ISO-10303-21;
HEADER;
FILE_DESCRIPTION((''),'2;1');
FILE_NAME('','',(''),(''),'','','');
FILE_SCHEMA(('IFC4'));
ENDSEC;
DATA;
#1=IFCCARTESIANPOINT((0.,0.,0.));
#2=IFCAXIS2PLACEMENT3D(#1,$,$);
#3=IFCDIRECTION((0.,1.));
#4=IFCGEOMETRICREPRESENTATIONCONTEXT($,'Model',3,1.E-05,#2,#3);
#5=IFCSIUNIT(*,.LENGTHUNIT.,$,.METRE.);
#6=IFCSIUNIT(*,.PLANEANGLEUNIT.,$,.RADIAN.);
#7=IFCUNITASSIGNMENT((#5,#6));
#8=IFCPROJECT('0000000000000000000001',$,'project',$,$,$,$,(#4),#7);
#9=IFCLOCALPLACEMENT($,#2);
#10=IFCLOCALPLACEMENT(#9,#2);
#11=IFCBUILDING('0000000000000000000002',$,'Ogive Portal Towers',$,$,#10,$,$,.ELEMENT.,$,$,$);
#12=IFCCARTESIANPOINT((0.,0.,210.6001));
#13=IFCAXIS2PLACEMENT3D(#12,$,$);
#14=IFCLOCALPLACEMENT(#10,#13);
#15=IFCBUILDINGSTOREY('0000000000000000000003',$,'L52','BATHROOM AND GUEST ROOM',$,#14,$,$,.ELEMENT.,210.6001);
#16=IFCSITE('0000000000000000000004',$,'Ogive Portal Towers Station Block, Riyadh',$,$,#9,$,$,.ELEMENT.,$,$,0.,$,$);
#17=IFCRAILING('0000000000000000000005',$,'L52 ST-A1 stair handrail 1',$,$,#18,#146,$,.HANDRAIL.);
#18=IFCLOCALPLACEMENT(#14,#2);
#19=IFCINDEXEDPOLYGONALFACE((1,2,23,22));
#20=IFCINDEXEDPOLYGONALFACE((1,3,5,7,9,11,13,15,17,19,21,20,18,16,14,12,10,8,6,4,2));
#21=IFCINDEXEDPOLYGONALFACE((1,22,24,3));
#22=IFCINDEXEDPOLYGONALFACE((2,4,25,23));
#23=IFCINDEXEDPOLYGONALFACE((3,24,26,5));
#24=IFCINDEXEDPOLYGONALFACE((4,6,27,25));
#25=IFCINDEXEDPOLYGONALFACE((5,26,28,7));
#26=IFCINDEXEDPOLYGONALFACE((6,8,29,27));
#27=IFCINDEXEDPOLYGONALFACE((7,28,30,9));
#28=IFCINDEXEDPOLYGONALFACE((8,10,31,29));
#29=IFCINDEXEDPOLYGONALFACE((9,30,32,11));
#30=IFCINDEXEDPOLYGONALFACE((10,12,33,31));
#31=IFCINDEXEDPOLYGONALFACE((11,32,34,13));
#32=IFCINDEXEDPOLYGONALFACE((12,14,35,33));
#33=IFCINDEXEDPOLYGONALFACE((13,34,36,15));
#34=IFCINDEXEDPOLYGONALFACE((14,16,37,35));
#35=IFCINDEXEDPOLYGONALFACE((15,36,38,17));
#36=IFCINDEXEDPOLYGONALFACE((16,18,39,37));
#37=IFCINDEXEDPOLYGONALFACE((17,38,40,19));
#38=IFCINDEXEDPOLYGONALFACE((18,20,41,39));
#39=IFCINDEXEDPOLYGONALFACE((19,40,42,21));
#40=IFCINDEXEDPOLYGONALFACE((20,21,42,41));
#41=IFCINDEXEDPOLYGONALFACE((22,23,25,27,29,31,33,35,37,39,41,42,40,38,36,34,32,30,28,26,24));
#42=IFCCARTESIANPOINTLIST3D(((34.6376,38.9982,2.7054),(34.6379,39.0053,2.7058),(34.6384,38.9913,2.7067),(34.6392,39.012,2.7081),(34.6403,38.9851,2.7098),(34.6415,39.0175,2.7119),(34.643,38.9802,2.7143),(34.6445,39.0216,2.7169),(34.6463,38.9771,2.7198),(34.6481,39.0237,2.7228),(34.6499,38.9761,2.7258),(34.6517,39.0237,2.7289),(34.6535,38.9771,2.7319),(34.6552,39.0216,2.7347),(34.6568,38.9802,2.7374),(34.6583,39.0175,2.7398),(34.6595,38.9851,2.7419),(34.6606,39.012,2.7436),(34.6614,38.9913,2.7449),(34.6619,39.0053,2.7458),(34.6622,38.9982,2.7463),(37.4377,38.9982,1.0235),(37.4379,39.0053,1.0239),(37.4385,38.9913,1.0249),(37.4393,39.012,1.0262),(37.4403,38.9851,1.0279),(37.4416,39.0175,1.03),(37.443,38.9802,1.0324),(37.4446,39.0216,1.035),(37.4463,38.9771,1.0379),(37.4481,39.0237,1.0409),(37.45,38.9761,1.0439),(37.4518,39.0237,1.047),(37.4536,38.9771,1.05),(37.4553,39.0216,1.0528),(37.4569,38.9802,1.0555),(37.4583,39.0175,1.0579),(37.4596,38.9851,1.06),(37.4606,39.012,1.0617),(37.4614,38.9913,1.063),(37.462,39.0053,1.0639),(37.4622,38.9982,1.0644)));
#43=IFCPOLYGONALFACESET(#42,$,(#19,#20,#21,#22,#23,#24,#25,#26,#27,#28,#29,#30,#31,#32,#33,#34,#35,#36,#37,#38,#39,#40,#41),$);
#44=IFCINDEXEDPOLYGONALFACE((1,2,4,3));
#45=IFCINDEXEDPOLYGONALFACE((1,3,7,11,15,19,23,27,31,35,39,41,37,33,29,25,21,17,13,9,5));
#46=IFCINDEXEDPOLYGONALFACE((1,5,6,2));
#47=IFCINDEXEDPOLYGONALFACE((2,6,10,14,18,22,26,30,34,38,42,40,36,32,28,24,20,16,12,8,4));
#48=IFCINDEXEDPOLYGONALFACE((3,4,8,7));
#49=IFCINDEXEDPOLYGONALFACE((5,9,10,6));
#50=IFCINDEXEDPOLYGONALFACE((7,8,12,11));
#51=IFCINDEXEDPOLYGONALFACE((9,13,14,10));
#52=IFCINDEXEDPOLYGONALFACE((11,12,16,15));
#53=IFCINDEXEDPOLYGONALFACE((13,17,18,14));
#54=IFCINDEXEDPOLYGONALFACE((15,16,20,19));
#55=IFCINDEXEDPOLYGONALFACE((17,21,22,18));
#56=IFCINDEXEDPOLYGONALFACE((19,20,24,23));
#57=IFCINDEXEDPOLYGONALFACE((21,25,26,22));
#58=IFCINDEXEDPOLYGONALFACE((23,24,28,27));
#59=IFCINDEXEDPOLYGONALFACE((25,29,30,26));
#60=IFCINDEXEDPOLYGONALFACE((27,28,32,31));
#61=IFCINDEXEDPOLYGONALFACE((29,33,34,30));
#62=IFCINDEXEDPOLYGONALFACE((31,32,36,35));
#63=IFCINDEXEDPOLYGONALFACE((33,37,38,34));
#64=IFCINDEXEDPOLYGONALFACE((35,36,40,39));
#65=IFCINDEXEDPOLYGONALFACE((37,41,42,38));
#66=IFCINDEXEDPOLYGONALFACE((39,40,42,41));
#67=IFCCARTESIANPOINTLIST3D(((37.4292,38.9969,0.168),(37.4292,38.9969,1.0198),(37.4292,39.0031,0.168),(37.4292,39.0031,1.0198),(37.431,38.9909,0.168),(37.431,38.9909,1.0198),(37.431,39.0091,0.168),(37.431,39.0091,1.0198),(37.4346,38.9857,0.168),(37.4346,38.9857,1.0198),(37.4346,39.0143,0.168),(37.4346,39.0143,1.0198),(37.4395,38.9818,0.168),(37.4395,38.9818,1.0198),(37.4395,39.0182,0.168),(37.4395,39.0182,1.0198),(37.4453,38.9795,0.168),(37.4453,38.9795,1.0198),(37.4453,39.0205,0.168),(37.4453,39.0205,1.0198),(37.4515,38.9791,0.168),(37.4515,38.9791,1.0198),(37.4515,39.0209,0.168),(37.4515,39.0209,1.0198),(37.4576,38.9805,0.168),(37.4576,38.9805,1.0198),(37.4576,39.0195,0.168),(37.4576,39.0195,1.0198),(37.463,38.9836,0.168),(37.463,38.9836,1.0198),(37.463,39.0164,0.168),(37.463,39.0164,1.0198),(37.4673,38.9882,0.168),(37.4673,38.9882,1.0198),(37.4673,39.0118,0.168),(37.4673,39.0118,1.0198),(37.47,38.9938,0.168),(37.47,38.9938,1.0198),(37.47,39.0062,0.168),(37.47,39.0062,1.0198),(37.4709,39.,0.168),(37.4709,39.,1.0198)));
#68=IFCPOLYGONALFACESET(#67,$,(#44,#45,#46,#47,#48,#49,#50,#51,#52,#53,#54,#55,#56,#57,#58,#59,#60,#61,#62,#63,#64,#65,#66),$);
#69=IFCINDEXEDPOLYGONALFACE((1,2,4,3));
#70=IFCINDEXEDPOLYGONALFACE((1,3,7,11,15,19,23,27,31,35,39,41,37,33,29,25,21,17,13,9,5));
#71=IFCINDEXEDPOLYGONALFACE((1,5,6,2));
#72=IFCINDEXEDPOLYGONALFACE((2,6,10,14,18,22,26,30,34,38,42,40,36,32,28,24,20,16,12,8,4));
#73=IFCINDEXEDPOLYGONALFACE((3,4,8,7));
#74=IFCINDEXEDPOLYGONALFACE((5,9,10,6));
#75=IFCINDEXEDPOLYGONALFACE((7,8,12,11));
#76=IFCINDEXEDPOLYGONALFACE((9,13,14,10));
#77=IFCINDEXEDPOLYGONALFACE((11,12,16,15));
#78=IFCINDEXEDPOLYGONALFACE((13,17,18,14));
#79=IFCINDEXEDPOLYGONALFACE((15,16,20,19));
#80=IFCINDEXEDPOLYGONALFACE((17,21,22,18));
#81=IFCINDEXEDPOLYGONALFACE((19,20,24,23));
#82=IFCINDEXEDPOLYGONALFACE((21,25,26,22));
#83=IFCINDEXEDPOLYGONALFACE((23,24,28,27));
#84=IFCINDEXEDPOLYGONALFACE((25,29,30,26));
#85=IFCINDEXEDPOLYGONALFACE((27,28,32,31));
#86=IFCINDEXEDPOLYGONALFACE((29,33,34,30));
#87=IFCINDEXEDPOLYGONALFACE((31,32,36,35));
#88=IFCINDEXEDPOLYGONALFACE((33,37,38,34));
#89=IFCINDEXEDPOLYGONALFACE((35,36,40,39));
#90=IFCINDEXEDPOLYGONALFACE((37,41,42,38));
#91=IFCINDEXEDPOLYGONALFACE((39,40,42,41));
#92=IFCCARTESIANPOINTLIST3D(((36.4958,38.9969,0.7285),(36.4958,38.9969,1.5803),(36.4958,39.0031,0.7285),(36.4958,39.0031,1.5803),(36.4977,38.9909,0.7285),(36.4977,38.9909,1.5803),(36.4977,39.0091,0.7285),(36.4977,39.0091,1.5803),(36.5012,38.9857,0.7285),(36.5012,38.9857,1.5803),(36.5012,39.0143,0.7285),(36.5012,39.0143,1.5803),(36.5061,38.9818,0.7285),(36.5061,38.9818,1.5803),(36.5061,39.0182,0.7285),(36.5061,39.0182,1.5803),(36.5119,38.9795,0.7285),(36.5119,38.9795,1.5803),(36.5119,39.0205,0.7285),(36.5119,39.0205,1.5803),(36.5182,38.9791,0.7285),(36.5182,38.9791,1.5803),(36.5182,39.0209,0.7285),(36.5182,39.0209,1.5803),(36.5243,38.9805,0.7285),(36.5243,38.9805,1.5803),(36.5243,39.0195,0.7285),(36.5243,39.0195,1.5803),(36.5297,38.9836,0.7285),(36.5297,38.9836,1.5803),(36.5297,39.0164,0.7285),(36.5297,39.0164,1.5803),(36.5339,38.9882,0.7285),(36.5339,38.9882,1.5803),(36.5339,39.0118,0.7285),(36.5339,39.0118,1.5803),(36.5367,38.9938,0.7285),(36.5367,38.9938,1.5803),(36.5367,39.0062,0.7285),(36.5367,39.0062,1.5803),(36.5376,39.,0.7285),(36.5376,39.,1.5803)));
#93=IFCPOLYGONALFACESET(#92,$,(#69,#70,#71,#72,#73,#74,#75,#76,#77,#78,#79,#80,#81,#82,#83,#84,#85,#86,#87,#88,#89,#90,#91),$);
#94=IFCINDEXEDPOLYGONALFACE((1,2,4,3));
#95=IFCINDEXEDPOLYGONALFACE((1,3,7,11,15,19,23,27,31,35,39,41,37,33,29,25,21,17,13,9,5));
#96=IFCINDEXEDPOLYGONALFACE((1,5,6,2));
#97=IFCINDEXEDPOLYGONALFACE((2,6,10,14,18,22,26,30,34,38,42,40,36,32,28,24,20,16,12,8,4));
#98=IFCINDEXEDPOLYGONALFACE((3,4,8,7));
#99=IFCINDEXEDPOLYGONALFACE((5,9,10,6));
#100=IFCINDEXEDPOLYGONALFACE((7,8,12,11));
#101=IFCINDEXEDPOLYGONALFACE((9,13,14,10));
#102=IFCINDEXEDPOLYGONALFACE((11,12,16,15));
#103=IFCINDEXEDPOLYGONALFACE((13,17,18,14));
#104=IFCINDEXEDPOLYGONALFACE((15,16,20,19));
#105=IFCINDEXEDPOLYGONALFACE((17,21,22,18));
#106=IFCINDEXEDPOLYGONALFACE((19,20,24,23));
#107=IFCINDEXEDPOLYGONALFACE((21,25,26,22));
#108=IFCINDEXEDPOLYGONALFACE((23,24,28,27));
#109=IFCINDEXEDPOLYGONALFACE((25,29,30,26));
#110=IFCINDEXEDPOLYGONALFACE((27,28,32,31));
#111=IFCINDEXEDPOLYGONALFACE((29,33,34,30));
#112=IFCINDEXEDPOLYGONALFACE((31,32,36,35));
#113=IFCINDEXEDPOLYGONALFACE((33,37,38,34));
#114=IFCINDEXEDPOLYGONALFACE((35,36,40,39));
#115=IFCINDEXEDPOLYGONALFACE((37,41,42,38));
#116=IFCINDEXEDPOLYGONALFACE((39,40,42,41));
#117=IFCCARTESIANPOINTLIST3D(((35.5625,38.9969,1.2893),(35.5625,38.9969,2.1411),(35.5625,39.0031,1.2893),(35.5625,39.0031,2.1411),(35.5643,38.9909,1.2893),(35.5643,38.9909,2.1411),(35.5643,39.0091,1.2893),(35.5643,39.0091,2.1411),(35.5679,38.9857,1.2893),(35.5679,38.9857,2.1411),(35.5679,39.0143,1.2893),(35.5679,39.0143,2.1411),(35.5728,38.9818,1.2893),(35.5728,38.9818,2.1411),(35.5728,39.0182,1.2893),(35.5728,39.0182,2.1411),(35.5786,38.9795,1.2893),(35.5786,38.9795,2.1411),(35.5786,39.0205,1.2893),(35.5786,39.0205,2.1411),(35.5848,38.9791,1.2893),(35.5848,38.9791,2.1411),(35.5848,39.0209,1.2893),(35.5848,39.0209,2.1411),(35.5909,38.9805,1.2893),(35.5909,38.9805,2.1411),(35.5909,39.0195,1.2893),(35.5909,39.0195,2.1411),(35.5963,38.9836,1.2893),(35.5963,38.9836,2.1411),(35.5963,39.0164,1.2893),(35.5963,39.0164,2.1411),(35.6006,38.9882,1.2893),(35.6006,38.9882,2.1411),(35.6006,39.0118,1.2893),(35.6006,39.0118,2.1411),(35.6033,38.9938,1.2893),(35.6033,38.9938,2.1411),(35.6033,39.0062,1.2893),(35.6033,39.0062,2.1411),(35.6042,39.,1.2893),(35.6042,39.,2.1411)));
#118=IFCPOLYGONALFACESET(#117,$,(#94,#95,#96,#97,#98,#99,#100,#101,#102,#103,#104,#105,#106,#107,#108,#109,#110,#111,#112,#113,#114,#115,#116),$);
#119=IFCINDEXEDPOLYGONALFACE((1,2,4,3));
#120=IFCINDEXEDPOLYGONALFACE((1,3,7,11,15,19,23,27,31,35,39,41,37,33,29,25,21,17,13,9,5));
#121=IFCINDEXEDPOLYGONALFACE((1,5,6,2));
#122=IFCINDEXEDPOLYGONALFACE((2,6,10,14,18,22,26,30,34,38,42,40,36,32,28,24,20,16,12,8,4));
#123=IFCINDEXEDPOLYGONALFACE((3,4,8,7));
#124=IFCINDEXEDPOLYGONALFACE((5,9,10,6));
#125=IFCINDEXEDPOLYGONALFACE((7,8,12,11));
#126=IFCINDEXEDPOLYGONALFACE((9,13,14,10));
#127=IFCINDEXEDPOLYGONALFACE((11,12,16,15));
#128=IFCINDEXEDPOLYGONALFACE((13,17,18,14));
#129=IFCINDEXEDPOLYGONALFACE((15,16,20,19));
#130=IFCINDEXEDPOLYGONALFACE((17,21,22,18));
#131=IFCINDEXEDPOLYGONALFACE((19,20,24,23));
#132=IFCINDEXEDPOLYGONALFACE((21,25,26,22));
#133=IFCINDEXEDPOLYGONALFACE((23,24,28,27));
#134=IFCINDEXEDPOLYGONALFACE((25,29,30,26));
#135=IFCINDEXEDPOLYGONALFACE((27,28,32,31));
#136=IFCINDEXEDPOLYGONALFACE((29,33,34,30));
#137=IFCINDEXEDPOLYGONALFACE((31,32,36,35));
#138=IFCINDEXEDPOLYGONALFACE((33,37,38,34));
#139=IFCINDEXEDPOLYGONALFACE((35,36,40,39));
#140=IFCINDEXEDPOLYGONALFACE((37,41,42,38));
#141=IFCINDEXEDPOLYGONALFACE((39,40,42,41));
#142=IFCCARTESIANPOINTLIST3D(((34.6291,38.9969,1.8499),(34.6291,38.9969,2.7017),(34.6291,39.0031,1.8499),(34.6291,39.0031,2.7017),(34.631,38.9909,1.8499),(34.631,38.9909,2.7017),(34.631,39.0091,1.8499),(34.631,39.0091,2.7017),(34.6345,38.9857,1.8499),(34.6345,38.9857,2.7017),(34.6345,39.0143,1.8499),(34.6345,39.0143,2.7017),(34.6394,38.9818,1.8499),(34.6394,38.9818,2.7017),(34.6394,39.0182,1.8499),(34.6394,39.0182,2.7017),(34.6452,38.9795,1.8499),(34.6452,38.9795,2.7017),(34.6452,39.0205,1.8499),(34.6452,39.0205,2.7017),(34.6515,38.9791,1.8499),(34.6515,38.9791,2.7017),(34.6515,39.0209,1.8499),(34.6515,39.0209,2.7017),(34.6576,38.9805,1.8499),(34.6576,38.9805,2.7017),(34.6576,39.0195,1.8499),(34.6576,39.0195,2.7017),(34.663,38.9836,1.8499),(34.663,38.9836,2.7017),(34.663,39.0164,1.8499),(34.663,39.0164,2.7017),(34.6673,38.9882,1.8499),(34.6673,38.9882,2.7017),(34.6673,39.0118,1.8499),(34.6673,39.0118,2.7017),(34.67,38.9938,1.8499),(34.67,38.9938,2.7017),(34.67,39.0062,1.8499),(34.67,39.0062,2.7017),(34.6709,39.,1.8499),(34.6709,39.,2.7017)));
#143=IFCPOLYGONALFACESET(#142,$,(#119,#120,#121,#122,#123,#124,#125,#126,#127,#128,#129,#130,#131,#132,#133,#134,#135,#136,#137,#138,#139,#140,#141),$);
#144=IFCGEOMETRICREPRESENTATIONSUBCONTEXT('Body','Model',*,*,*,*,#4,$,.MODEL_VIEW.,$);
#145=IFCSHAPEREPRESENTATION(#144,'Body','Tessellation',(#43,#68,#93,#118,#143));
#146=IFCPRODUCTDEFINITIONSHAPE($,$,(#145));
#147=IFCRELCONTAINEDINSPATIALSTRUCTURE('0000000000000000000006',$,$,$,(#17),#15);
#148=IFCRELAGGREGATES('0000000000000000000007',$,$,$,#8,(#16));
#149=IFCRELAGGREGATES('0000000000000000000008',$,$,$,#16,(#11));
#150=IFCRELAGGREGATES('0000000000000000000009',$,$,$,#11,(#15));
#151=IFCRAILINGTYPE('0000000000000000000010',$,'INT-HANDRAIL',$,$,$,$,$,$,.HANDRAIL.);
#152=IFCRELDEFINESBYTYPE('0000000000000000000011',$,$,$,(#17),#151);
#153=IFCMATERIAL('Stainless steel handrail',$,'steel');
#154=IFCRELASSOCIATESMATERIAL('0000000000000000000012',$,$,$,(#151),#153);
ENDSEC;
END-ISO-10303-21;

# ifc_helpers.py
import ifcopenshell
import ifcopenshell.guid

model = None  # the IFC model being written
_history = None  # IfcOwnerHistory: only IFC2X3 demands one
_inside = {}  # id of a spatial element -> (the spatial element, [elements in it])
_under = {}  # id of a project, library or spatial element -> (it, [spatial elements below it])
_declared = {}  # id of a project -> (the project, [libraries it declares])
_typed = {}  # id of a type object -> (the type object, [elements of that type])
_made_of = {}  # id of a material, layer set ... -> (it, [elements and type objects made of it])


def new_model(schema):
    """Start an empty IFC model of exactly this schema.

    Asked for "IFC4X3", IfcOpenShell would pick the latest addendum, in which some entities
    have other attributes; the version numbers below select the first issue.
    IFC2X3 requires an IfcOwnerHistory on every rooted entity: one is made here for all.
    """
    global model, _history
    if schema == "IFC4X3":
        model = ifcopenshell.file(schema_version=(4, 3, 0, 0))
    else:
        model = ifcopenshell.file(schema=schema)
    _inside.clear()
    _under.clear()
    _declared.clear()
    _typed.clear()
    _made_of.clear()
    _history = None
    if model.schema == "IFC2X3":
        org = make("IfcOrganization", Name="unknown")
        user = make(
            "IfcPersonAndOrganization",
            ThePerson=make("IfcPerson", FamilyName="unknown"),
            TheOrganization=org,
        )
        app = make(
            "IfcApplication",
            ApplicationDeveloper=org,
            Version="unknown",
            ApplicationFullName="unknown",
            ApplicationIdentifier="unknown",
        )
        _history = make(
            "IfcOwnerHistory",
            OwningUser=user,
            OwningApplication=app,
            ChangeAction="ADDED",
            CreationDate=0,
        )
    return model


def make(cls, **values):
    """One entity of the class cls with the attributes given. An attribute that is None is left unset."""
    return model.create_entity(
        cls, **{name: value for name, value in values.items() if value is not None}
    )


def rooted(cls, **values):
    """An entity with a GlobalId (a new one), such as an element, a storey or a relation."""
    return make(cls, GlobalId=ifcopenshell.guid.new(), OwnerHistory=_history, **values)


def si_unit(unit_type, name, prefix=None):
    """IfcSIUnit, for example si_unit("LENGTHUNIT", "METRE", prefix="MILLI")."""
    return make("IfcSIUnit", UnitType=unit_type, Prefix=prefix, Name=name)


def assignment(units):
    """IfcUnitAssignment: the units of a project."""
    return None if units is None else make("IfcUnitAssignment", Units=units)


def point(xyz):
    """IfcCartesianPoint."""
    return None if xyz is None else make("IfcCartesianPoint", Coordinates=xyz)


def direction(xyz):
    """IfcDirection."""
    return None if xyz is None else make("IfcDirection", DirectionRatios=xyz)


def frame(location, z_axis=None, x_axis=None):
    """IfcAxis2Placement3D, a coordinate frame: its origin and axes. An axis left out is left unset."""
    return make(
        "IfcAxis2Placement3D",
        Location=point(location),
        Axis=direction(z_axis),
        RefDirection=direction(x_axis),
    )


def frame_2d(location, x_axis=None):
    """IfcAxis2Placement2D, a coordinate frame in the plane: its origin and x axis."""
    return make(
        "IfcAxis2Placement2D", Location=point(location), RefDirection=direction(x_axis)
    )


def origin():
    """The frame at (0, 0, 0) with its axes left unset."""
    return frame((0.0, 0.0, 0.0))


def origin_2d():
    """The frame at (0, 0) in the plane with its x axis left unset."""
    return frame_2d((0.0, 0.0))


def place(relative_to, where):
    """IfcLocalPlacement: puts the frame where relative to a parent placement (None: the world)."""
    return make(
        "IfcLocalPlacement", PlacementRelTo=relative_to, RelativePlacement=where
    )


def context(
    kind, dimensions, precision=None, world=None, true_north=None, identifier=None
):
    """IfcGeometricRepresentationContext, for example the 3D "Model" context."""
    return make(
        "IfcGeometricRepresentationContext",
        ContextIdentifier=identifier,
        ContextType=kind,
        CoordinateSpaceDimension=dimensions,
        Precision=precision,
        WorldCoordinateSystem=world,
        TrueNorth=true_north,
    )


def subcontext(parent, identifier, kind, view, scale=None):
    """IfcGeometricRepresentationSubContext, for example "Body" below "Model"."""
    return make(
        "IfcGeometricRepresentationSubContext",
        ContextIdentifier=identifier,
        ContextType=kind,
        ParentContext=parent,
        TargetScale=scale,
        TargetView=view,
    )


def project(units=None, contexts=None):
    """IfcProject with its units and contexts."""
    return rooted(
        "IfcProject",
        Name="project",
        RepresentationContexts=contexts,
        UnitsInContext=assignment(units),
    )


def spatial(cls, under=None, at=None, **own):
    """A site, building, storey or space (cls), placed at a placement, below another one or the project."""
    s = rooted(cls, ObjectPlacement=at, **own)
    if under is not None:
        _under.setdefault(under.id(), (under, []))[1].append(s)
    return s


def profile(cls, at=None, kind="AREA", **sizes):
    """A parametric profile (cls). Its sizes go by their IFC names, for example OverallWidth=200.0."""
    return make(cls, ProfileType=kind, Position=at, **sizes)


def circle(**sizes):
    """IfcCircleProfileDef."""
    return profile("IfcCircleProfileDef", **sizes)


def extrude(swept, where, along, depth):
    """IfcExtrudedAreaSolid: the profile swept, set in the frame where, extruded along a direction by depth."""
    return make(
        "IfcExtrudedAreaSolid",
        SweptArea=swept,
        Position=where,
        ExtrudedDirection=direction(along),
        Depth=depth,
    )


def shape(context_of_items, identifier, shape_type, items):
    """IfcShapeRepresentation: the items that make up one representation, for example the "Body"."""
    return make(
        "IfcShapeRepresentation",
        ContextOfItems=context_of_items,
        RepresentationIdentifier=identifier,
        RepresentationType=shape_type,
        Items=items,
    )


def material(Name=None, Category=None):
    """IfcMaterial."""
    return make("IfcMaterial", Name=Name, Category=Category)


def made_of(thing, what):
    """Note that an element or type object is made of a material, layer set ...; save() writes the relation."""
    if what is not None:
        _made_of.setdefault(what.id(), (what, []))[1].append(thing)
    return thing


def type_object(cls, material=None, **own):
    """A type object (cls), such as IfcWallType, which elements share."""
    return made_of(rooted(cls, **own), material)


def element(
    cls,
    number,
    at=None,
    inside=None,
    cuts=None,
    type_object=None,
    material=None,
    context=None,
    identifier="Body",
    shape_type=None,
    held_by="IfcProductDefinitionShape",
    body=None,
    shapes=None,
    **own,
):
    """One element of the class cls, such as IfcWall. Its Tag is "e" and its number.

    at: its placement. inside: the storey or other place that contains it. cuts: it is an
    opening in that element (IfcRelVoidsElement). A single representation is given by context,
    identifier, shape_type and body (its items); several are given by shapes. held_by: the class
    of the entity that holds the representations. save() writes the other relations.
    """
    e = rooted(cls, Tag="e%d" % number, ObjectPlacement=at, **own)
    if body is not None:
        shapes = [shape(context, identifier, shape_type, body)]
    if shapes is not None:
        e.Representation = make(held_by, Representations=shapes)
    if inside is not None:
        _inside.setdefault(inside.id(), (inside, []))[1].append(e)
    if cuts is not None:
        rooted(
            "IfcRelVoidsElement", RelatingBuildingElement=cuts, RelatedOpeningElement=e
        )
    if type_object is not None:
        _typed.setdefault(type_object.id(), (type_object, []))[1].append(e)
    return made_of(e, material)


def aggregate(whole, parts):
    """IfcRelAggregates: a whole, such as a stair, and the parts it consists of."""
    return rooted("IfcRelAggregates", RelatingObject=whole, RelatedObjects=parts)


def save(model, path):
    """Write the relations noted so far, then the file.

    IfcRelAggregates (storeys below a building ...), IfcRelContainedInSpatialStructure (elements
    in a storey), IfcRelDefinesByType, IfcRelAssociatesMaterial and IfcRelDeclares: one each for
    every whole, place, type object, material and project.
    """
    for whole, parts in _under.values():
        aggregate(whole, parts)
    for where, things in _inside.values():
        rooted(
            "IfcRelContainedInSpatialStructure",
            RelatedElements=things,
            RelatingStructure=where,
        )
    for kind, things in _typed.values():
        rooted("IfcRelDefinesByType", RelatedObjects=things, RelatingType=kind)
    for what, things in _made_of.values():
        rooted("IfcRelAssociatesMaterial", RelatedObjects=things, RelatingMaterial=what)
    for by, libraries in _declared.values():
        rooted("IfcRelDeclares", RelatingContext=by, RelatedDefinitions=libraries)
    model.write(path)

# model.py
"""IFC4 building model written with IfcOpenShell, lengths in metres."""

from ifc_helpers import new_model, si_unit, direction, frame, origin, origin_2d, place, context, subcontext, project, spatial, circle, extrude, material, type_object, element, save


model = new_model("IFC4")

# Units and contexts
model_context = context("Model", 3, precision=1e-05, world=origin(), true_north=direction((0.0, 1.0)))
body_context = subcontext(model_context, "Body", "Model", "MODEL_VIEW")
ifc_project = project(units=[si_unit("LENGTHUNIT", "METRE"), si_unit("PLANEANGLEUNIT", "RADIAN")], contexts=[model_context])

# Site, building, storey
site_placement = place(None, origin())
site = spatial("IfcSite", under=ifc_project, at=site_placement, Name="Ogive Portal Towers Station Block, Riyadh", CompositionType="ELEMENT", RefElevation=0.0)
building_placement = place(site_placement, origin())
building = spatial("IfcBuilding", under=site, at=building_placement, Name="Ogive Portal Towers", CompositionType="ELEMENT")
storey_placement = place(building_placement, frame((0.0, 0.0, 210.6001)))
storey = spatial("IfcBuildingStorey", under=building, at=storey_placement, Name="L52", Description="BATHROOM AND GUEST ROOM", CompositionType="ELEMENT", Elevation=210.6001)

# Railing
ifc_material_1 = material(Name="Stainless steel handrail", Category="steel")
railing_type_1 = type_object("IfcRailingType", Name="INT-HANDRAIL", PredefinedType="HANDRAIL", material=ifc_material_1)
railing_1_placement = place(storey_placement, frame((37.45, 39.0, 0.168)))
element("IfcRailing", 1, at=railing_1_placement, inside=storey, type_object=railing_type_1, Name="L52 ST-A1 stair handrail 1", PredefinedType="HANDRAIL", context=body_context, shape_type="SweptSolid", body=[
    extrude(circle(Radius=0.0239, at=origin_2d()), frame((0.0, 0.0, 0.876), z_axis=(-0.857242, 0.0, 0.514913), x_axis=(0.0, -1.0, 0.0)), (0.0, 0.0, 1.0), 3.2664),
    extrude(circle(Radius=0.021, at=origin_2d()), origin(), (0.0, 0.0, 1.0), 0.8518),
    extrude(circle(Radius=0.021, at=origin_2d()), frame((-0.9333, 0.0, 0.5605)), (0.0, 0.0, 1.0), 0.8518),
    extrude(circle(Radius=0.021, at=origin_2d()), frame((-1.8667, 0.0, 1.1213)), (0.0, 0.0, 1.0), 0.8518),
    extrude(circle(Radius=0.021, at=origin_2d()), frame((-2.8, 0.0, 1.6819)), (0.0, 0.0, 1.0), 0.8518),
])

save(model, "model.ifc")
